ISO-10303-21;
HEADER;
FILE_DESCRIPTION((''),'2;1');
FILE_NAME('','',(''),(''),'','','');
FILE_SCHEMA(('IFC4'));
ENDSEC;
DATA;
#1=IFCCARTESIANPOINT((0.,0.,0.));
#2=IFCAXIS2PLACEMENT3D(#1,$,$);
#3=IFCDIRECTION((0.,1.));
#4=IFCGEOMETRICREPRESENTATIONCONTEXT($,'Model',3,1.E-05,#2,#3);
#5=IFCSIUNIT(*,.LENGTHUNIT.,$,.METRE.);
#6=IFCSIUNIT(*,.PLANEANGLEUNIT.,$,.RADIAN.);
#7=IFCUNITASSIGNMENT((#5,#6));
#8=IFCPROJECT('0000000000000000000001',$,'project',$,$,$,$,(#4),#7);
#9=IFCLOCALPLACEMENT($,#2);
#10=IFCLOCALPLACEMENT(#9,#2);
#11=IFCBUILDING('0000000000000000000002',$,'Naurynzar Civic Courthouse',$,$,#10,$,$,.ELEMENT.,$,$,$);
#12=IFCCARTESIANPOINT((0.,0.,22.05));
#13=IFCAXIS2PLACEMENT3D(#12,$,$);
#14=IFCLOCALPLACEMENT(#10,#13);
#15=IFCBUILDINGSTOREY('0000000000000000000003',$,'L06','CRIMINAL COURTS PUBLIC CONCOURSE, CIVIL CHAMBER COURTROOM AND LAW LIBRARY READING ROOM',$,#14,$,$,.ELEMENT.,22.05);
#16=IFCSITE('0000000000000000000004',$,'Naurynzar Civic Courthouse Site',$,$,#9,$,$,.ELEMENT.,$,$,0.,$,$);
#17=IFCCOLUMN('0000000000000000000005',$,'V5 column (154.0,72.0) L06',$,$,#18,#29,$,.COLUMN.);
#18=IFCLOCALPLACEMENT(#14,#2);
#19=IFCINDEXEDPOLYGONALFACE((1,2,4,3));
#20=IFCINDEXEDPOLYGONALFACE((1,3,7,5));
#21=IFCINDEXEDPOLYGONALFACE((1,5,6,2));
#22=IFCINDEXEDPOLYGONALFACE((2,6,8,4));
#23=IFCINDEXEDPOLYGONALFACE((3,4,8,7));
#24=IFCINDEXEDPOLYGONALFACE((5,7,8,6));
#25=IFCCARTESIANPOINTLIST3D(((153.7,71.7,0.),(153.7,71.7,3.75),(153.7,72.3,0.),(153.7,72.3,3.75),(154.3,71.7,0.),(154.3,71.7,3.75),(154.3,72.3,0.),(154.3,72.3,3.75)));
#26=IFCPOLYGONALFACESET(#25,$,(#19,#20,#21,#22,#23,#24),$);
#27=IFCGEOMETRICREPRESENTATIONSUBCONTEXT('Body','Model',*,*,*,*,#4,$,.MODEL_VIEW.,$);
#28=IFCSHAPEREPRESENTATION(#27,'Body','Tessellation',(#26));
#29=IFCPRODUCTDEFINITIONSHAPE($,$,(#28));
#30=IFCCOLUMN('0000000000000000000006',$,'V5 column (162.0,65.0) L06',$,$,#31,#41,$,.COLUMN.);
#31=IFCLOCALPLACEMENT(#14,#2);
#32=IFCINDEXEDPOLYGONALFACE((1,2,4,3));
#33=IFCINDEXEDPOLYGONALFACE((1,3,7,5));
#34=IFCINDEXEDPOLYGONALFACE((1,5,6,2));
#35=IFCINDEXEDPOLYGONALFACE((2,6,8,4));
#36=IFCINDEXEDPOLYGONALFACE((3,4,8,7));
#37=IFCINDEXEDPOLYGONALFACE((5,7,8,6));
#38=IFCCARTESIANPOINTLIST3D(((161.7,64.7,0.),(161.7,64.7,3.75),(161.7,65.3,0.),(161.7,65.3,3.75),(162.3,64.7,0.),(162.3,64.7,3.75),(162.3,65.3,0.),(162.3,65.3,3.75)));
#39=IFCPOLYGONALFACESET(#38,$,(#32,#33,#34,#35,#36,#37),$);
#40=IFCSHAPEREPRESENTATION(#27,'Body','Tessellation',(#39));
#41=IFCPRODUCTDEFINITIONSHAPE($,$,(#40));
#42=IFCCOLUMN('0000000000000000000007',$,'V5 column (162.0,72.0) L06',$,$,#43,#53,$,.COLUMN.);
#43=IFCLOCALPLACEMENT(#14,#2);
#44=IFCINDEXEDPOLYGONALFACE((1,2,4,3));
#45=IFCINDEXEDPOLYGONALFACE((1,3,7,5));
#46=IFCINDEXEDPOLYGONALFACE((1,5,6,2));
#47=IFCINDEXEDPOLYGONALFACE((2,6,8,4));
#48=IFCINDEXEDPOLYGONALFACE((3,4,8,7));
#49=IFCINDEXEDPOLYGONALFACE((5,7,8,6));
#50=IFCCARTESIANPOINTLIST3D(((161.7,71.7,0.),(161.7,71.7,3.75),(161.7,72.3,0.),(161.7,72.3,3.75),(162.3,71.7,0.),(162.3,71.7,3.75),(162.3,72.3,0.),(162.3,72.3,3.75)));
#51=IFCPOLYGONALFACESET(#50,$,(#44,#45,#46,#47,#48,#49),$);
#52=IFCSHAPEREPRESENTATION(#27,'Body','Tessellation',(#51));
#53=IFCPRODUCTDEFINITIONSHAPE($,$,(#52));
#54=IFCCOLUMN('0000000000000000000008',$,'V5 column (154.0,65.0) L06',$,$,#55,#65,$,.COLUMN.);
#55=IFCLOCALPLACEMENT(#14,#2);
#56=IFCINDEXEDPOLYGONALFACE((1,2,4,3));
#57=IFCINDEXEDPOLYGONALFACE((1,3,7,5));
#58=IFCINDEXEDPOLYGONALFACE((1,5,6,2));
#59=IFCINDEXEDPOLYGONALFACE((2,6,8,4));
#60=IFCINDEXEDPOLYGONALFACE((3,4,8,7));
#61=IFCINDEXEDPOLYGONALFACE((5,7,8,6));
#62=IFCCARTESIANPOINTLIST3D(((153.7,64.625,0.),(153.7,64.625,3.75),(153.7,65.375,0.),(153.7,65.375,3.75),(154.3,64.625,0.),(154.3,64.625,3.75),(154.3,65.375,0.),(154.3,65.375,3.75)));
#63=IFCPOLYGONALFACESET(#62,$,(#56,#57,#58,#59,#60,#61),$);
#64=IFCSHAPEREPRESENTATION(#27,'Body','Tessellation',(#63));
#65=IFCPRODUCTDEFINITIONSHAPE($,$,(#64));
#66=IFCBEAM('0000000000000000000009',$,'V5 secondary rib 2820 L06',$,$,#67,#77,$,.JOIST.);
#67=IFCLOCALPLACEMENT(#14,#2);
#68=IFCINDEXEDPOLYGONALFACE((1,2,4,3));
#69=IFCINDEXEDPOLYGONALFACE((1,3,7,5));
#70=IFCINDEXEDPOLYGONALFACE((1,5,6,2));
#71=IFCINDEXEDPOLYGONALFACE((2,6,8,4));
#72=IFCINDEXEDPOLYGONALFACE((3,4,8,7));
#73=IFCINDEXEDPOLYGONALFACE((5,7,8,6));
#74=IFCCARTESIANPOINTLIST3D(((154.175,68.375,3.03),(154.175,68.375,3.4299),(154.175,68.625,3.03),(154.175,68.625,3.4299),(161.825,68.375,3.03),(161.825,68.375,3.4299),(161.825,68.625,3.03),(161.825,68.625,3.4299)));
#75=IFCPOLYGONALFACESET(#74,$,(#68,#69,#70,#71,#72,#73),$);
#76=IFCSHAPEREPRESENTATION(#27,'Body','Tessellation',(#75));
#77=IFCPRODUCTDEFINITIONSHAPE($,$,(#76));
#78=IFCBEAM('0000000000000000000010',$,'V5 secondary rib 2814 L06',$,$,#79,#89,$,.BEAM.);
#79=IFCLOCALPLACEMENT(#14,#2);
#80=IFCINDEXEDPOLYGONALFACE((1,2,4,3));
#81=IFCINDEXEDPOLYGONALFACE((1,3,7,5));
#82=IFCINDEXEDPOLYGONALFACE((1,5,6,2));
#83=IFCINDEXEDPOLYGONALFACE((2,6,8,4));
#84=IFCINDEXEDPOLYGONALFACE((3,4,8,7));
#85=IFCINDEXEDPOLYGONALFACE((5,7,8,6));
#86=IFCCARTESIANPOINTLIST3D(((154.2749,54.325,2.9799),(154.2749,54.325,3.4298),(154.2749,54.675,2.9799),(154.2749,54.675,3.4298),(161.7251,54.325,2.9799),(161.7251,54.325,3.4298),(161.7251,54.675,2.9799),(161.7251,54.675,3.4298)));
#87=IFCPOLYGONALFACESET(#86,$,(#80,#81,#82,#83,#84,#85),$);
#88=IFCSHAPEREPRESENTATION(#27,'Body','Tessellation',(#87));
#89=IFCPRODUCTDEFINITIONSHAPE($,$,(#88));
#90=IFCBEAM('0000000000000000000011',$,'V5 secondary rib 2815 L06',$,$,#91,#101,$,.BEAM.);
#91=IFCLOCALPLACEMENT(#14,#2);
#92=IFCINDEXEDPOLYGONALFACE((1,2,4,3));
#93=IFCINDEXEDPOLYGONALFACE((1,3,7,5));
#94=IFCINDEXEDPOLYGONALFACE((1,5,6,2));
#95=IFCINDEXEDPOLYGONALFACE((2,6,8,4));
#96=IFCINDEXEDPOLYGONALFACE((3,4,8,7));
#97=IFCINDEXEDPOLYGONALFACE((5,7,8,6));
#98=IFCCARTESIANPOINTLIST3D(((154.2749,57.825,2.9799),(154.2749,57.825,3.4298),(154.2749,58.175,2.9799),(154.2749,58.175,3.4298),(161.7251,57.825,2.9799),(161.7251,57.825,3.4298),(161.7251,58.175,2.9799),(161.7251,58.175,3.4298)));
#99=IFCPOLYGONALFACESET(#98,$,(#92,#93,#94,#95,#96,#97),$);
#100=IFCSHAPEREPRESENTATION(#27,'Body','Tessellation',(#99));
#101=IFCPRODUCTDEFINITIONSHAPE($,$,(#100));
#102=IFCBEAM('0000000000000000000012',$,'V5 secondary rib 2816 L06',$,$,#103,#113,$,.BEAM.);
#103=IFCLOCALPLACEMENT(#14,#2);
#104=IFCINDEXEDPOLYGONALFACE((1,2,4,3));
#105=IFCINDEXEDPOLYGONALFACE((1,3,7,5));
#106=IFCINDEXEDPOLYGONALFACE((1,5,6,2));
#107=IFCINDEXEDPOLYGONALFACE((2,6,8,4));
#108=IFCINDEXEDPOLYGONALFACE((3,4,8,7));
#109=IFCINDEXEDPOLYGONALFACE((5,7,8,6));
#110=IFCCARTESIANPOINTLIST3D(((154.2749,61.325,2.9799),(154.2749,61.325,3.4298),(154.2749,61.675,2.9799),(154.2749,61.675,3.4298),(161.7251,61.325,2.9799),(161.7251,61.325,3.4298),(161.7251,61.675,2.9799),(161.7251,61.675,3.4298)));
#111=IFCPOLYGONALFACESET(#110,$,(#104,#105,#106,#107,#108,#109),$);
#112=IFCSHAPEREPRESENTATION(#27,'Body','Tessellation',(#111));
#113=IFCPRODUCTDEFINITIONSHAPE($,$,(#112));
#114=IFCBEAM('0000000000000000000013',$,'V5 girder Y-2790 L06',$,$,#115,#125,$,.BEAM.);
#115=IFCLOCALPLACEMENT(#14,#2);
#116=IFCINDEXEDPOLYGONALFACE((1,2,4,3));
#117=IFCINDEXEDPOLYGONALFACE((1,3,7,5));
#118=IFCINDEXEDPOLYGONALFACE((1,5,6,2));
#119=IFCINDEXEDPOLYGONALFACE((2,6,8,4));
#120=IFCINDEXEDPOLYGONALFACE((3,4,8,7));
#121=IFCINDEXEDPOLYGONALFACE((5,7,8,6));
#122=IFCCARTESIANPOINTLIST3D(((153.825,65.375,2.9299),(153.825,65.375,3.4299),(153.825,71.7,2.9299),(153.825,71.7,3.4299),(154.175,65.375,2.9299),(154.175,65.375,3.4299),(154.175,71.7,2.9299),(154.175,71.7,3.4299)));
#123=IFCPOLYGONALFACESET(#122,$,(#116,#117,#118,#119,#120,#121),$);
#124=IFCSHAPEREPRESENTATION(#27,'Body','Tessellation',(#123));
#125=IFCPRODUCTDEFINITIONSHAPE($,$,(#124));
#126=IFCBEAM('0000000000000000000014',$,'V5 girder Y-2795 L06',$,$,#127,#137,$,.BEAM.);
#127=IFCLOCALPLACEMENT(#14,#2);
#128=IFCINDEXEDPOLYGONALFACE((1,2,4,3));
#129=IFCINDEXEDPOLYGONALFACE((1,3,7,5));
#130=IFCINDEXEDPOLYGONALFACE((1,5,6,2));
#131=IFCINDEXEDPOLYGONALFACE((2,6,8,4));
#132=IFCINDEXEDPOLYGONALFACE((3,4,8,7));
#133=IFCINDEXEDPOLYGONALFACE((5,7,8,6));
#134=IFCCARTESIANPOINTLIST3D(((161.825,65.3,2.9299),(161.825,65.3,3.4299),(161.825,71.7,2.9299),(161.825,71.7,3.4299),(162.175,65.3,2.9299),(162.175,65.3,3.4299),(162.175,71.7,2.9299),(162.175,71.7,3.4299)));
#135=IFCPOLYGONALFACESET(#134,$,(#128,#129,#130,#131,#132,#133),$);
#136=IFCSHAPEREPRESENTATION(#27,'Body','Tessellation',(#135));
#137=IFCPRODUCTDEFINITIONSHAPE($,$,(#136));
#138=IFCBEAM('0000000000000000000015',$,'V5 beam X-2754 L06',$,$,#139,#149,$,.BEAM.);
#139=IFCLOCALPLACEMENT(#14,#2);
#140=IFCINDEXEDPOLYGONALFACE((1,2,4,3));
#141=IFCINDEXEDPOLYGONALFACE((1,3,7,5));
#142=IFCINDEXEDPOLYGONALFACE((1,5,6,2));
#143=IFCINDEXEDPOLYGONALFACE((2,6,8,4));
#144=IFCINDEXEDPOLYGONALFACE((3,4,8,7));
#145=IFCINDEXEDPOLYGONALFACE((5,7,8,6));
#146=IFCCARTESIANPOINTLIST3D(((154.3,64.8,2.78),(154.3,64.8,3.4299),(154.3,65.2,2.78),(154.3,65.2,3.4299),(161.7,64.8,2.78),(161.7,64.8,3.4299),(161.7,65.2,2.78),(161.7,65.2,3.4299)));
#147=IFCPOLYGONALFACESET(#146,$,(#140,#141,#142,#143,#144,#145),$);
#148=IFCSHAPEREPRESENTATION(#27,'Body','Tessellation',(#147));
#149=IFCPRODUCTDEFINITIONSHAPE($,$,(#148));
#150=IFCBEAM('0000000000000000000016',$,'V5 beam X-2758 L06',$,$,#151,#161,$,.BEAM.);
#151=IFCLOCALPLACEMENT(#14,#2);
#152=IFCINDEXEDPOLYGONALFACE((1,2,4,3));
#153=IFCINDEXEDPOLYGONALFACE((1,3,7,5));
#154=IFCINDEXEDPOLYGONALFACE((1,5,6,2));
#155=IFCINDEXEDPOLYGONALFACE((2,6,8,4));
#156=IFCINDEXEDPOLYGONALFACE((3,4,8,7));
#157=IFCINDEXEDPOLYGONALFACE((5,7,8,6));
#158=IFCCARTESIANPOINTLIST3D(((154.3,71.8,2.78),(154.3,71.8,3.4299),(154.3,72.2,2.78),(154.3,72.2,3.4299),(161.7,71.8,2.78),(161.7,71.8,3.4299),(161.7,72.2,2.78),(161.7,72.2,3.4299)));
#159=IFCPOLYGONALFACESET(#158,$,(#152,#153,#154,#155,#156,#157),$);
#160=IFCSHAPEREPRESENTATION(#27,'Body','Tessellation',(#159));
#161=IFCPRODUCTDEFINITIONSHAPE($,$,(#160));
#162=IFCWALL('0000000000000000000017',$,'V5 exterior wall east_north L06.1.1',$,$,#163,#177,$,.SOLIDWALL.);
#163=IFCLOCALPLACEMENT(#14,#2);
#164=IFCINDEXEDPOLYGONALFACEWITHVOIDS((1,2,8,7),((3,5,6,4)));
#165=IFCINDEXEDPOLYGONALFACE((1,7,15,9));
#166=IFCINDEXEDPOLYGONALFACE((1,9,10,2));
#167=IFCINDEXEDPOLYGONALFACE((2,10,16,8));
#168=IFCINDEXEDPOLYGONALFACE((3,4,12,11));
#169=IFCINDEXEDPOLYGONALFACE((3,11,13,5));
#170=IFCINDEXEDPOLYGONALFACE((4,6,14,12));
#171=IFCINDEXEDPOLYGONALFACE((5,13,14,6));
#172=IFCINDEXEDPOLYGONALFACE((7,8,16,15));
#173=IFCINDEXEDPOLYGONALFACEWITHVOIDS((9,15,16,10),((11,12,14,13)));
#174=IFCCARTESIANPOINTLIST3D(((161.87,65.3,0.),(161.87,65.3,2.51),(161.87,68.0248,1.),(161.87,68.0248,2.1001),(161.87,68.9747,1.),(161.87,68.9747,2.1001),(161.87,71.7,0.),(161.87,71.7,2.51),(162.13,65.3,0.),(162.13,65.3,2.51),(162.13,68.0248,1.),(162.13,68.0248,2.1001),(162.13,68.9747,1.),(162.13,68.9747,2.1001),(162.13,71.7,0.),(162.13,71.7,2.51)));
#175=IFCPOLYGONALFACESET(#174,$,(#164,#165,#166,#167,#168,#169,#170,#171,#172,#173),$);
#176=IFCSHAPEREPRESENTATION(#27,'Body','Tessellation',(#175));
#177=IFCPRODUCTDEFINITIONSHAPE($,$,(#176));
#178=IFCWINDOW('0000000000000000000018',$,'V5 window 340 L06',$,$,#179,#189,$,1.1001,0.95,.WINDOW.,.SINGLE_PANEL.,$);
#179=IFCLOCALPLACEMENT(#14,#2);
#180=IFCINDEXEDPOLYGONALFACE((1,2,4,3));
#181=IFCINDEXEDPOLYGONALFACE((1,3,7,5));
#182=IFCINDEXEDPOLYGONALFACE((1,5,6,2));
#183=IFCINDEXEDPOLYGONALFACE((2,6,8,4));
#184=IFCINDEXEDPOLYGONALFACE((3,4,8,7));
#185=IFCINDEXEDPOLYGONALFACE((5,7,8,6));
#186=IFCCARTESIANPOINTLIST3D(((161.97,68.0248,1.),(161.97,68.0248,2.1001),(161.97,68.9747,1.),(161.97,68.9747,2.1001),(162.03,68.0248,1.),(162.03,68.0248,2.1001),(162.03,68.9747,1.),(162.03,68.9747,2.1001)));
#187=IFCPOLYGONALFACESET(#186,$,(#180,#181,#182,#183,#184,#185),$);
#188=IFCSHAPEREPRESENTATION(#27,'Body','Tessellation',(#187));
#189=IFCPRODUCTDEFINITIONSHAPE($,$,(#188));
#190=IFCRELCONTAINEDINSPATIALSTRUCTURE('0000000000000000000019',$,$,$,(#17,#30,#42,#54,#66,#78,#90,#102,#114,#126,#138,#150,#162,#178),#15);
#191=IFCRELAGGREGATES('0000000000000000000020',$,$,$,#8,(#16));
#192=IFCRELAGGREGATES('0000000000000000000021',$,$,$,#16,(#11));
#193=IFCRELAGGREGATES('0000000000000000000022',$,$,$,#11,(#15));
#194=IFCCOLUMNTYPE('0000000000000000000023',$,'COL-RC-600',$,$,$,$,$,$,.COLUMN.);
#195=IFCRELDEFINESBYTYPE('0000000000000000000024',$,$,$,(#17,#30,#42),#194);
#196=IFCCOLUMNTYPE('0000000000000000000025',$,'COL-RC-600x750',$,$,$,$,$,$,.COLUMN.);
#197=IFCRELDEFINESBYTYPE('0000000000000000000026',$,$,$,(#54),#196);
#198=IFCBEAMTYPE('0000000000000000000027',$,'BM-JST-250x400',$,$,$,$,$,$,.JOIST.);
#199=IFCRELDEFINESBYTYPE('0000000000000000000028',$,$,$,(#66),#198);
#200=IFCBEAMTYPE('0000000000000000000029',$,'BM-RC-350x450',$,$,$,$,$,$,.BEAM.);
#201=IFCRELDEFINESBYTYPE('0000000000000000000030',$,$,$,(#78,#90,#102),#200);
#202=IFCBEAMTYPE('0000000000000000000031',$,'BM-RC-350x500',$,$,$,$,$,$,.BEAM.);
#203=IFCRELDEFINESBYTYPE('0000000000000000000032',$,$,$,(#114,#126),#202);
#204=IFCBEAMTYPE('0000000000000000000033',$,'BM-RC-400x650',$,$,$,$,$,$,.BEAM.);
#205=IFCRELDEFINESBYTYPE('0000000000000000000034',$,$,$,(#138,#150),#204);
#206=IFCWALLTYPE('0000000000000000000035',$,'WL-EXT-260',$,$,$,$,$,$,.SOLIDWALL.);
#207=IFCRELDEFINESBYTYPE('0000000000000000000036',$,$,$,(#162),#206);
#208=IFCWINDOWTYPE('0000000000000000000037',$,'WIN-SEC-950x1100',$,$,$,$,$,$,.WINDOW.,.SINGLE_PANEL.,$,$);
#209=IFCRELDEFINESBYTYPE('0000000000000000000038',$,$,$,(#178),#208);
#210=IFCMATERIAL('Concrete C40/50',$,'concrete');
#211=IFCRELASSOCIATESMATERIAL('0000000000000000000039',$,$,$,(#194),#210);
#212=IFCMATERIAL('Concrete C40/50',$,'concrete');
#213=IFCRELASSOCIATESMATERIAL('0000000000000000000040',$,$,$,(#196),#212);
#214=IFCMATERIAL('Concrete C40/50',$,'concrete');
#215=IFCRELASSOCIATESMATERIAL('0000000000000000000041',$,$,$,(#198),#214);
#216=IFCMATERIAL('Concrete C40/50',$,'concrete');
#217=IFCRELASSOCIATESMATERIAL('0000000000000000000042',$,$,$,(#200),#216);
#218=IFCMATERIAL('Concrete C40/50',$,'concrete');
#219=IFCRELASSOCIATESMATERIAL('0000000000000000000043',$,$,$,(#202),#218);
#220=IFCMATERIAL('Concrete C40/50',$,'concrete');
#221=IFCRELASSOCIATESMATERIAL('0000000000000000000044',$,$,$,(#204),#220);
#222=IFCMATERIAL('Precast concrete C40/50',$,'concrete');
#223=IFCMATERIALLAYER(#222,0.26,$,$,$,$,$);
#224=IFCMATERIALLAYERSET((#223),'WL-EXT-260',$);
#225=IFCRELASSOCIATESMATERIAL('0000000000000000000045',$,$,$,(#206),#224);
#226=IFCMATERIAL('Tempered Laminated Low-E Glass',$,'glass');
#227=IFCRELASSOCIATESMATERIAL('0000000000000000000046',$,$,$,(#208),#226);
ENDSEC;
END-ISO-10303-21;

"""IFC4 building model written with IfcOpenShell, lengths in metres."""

from ifc_helpers import new_model, si_unit, direction, frame, frame_2d, origin, origin_2d, place, context, subcontext, project, spatial, rectangle, extrude, material, layer, layer_set, material_profile, profile_set, type_object, element, fill, save


model = new_model("IFC4")

# Units and contexts
model_context = context("Model", 3, precision=1e-05, world=origin(), true_north=direction((0.0, 1.0)))
body_context = subcontext(model_context, "Body", "Model", "MODEL_VIEW")
ifc_project = project(units=[si_unit("LENGTHUNIT", "METRE"), si_unit("PLANEANGLEUNIT", "RADIAN")], contexts=[model_context])

# Site, building, storey
site_placement = place(None, origin())
site = spatial("IfcSite", under=ifc_project, at=site_placement, Name="Naurynzar Civic Courthouse Site", CompositionType="ELEMENT", RefElevation=0.0)
building_placement = place(site_placement, origin())
building = spatial("IfcBuilding", under=site, at=building_placement, Name="Naurynzar Civic Courthouse", CompositionType="ELEMENT")
storey_placement = place(building_placement, frame((0.0, 0.0, 22.05)))
storey = spatial("IfcBuildingStorey", under=building, at=storey_placement, Name="L06", Description="CRIMINAL COURTS PUBLIC CONCOURSE, CIVIL CHAMBER COURTROOM AND LAW LIBRARY READING ROOM", CompositionType="ELEMENT", Elevation=22.05)

# Columns
ifc_material_1 = material(Name="Concrete C40/50", Category="concrete")
ifc_material_profile_1 = material_profile(ifc_material_1, rectangle(XDim=0.6001, YDim=0.6001, at=origin_2d()), Name="RC 600x600")
ifc_profile_set_1 = profile_set([ifc_material_profile_1], Name="Concrete C40/50")
column_type_1 = type_object("IfcColumnType", Name="COL-RC-600", PredefinedType="COLUMN", material=ifc_profile_set_1)
for number, where, z_axis, x_axis, name in (
    (1, (154.0, 72.0, 0.0), (0.0, 0.0, 1.0), (1.0, 0.0, 0.0), "V5 column (154.0,72.0) L06"),
    (2, (162.0, 65.0, 0.0), (0.0, 0.0, 1.0), (1.0, 0.0, 0.0), "V5 column (162.0,65.0) L06"),
    (3, (162.0, 72.0, 0.0), (0.0, 0.0, 1.0), (1.0, 0.0, 0.0), "V5 column (162.0,72.0) L06"),
):
    element("IfcColumn", number, at=place(storey_placement, frame(where, z_axis=z_axis, x_axis=x_axis)), inside=storey, type_object=column_type_1, Name=name, PredefinedType="COLUMN", context=body_context, shape_type="SweptSolid", body=[
        extrude(rectangle(XDim=0.6001, YDim=0.6001, at=origin_2d()), origin(), (0.0, 0.0, 1.0), 3.75),
    ])
ifc_material_2 = material(Name="Concrete C40/50", Category="concrete")
ifc_material_profile_2 = material_profile(ifc_material_2, rectangle(XDim=0.6001, YDim=0.75, at=origin_2d()), Name="RC 600x750")
ifc_profile_set_2 = profile_set([ifc_material_profile_2], Name="Concrete C40/50")
column_type_2 = type_object("IfcColumnType", Name="COL-RC-600x750", PredefinedType="COLUMN", material=ifc_profile_set_2)
column_placement = place(storey_placement, frame((154.0, 65.0, 0.0), z_axis=(0.0, 0.0, 1.0), x_axis=(1.0, 0.0, 0.0)))
element("IfcColumn", 4, at=column_placement, inside=storey, type_object=column_type_2, Name="V5 column (154.0,65.0) L06", PredefinedType="COLUMN", context=body_context, shape_type="SweptSolid", body=[
    extrude(rectangle(XDim=0.6001, YDim=0.75, at=origin_2d()), origin(), (0.0, 0.0, 1.0), 3.75),
])

# Beams
ifc_material_3 = material(Name="Concrete C40/50", Category="concrete")
ifc_material_profile_3 = material_profile(ifc_material_3, rectangle(XDim=0.25, YDim=0.3999, at=origin_2d()), Name="RCB 250x400")
ifc_profile_set_3 = profile_set([ifc_material_profile_3], Name="Concrete C40/50")
beam_type_1 = type_object("IfcBeamType", Name="BM-JST-250x400", PredefinedType="JOIST", material=ifc_profile_set_3)
beam_1_placement = place(storey_placement, frame((154.175, 68.5, 3.23), z_axis=(1.0, 0.0, 0.0), x_axis=(0.0, 1.0, 0.0)))
element("IfcBeam", 5, at=beam_1_placement, inside=storey, type_object=beam_type_1, Name="V5 secondary rib 2820 L06", PredefinedType="JOIST", context=body_context, shape_type="SweptSolid", body=[
    extrude(rectangle(XDim=0.25, YDim=0.3999, at=origin_2d()), origin(), (0.0, 0.0, 1.0), 7.6499),
])
ifc_material_4 = material(Name="Concrete C40/50", Category="concrete")
ifc_material_profile_4 = material_profile(ifc_material_4, rectangle(XDim=0.3501, YDim=0.45, at=origin_2d()), Name="RCB 350x450")
ifc_profile_set_4 = profile_set([ifc_material_profile_4], Name="Concrete C40/50")
beam_type_2 = type_object("IfcBeamType", Name="BM-RC-350x450", PredefinedType="BEAM", material=ifc_profile_set_4)
for number, where, z_axis, x_axis, name in (
    (6, (154.2749, 54.5, 3.2048), (1.0, 0.0, 0.0), (0.0, 1.0, 0.0), "V5 secondary rib 2814 L06"),
    (7, (154.2749, 58.0, 3.2048), (1.0, 0.0, 0.0), (0.0, 1.0, 0.0), "V5 secondary rib 2815 L06"),
    (8, (154.2749, 61.5, 3.2048), (1.0, 0.0, 0.0), (0.0, 1.0, 0.0), "V5 secondary rib 2816 L06"),
):
    element("IfcBeam", number, at=place(storey_placement, frame(where, z_axis=z_axis, x_axis=x_axis)), inside=storey, type_object=beam_type_2, Name=name, PredefinedType="BEAM", context=body_context, shape_type="SweptSolid", body=[
        extrude(rectangle(XDim=0.3501, YDim=0.45, at=origin_2d()), origin(), (0.0, 0.0, 1.0), 7.4502),
    ])
ifc_material_5 = material(Name="Concrete C40/50", Category="concrete")
ifc_material_profile_5 = material_profile(ifc_material_5, rectangle(XDim=0.3501, YDim=0.5, at=origin_2d()), Name="RCB 350x500")
ifc_profile_set_5 = profile_set([ifc_material_profile_5], Name="Concrete C40/50")
beam_type_3 = type_object("IfcBeamType", Name="BM-RC-350x500", PredefinedType="BEAM", material=ifc_profile_set_5)
beam_2_placement = place(storey_placement, frame((154.0, 65.375, 3.1799), z_axis=(0.0, 1.0, 0.0), x_axis=(-1.0, 0.0, 0.0)))
element("IfcBeam", 9, at=beam_2_placement, inside=storey, type_object=beam_type_3, Name="V5 girder Y-2790 L06", PredefinedType="BEAM", context=body_context, shape_type="SweptSolid", body=[
    extrude(rectangle(XDim=0.3501, YDim=0.5, at=origin_2d()), origin(), (0.0, 0.0, 1.0), 6.325),
])
beam_3_placement = place(storey_placement, frame((162.0, 65.3, 3.1799), z_axis=(0.0, 1.0, 0.0), x_axis=(-1.0, 0.0, 0.0)))
element("IfcBeam", 10, at=beam_3_placement, inside=storey, type_object=beam_type_3, Name="V5 girder Y-2795 L06", PredefinedType="BEAM", context=body_context, shape_type="SweptSolid", body=[
    extrude(rectangle(XDim=0.3501, YDim=0.5, at=origin_2d()), origin(), (0.0, 0.0, 1.0), 6.3999),
])
ifc_material_6 = material(Name="Concrete C40/50", Category="concrete")
ifc_material_profile_6 = material_profile(ifc_material_6, rectangle(XDim=0.3999, YDim=0.6499, at=origin_2d()), Name="RCB 400x650")
ifc_profile_set_6 = profile_set([ifc_material_profile_6], Name="Concrete C40/50")
beam_type_4 = type_object("IfcBeamType", Name="BM-RC-400x650", PredefinedType="BEAM", material=ifc_profile_set_6)
for number, where, z_axis, x_axis, name in (
    (11, (154.3, 65.0, 3.105), (1.0, 0.0, 0.0), (0.0, 1.0, 0.0), "V5 beam X-2754 L06"),
    (12, (154.3, 72.0, 3.105), (1.0, 0.0, 0.0), (0.0, 1.0, 0.0), "V5 beam X-2758 L06"),
):
    element("IfcBeam", number, at=place(storey_placement, frame(where, z_axis=z_axis, x_axis=x_axis)), inside=storey, type_object=beam_type_4, Name=name, PredefinedType="BEAM", context=body_context, shape_type="SweptSolid", body=[
        extrude(rectangle(XDim=0.3999, YDim=0.6499, at=origin_2d()), origin(), (0.0, 0.0, 1.0), 7.3999),
    ])

# Wall, opening, window
ifc_material_7 = material(Name="Precast concrete C40/50", Category="concrete")
ifc_layer_1 = layer(ifc_material_7, 0.26)
ifc_layer_set_1 = layer_set([ifc_layer_1], Name="WL-EXT-260")
wall_type_1 = type_object("IfcWallType", Name="WL-EXT-260", PredefinedType="SOLIDWALL", material=ifc_layer_set_1)
wall_1_placement = place(storey_placement, frame((162.0, 71.7, 0.0), z_axis=(0.0, 0.0, 1.0), x_axis=(0.0, -1.0, 0.0)))
wall_1 = element("IfcWall", 13, at=wall_1_placement, inside=storey, type_object=wall_type_1, Name="V5 exterior wall east_north L06.1.1", PredefinedType="SOLIDWALL", context=body_context, shape_type="SweptSolid", body=[
    extrude(rectangle(XDim=6.3999, YDim=0.26, at=frame_2d((3.2, 0.0))), origin(), (0.0, 0.0, 1.0), 2.51),
])
opening_1_placement = place(wall_1_placement, frame((2.7251, 0.0, 1.0)))
opening_1 = element("IfcOpeningElement", 14, at=opening_1_placement, cuts=wall_1, PredefinedType="OPENING", context=body_context, shape_type="SweptSolid", body=[
    extrude(rectangle(XDim=0.95, YDim=1.1001, at=frame_2d((0.4751, 0.55))), frame((0.0, 0.1399, 0.0), z_axis=(0.0, -1.0, 0.0), x_axis=(1.0, 0.0, 0.0)), (0.0, 0.0, 1.0), 0.28),
])
ifc_material_8 = material(Name="Tempered Laminated Low-E Glass", Category="glass")
window_type = type_object("IfcWindowType", Name="WIN-SEC-950x1100", PartitioningType="SINGLE_PANEL", PredefinedType="WINDOW", material=ifc_material_8)
window_1_placement = place(opening_1_placement, origin())
window_1 = element("IfcWindow", 15, at=window_1_placement, inside=storey, type_object=window_type, Name="V5 window 340 L06", OverallHeight=1.1001, OverallWidth=0.95, PartitioningType="SINGLE_PANEL", PredefinedType="WINDOW", context=body_context, shape_type="SweptSolid", body=[
    extrude(rectangle(XDim=0.95, YDim=1.1001, at=frame_2d((0.4751, 0.55))), frame((0.0, 0.03, 0.0), z_axis=(0.0, -1.0, 0.0), x_axis=(1.0, 0.0, 0.0)), (0.0, 0.0, 1.0), 0.0601),
])
fill(opening_1, window_1)

save(model, "model.ifc")
